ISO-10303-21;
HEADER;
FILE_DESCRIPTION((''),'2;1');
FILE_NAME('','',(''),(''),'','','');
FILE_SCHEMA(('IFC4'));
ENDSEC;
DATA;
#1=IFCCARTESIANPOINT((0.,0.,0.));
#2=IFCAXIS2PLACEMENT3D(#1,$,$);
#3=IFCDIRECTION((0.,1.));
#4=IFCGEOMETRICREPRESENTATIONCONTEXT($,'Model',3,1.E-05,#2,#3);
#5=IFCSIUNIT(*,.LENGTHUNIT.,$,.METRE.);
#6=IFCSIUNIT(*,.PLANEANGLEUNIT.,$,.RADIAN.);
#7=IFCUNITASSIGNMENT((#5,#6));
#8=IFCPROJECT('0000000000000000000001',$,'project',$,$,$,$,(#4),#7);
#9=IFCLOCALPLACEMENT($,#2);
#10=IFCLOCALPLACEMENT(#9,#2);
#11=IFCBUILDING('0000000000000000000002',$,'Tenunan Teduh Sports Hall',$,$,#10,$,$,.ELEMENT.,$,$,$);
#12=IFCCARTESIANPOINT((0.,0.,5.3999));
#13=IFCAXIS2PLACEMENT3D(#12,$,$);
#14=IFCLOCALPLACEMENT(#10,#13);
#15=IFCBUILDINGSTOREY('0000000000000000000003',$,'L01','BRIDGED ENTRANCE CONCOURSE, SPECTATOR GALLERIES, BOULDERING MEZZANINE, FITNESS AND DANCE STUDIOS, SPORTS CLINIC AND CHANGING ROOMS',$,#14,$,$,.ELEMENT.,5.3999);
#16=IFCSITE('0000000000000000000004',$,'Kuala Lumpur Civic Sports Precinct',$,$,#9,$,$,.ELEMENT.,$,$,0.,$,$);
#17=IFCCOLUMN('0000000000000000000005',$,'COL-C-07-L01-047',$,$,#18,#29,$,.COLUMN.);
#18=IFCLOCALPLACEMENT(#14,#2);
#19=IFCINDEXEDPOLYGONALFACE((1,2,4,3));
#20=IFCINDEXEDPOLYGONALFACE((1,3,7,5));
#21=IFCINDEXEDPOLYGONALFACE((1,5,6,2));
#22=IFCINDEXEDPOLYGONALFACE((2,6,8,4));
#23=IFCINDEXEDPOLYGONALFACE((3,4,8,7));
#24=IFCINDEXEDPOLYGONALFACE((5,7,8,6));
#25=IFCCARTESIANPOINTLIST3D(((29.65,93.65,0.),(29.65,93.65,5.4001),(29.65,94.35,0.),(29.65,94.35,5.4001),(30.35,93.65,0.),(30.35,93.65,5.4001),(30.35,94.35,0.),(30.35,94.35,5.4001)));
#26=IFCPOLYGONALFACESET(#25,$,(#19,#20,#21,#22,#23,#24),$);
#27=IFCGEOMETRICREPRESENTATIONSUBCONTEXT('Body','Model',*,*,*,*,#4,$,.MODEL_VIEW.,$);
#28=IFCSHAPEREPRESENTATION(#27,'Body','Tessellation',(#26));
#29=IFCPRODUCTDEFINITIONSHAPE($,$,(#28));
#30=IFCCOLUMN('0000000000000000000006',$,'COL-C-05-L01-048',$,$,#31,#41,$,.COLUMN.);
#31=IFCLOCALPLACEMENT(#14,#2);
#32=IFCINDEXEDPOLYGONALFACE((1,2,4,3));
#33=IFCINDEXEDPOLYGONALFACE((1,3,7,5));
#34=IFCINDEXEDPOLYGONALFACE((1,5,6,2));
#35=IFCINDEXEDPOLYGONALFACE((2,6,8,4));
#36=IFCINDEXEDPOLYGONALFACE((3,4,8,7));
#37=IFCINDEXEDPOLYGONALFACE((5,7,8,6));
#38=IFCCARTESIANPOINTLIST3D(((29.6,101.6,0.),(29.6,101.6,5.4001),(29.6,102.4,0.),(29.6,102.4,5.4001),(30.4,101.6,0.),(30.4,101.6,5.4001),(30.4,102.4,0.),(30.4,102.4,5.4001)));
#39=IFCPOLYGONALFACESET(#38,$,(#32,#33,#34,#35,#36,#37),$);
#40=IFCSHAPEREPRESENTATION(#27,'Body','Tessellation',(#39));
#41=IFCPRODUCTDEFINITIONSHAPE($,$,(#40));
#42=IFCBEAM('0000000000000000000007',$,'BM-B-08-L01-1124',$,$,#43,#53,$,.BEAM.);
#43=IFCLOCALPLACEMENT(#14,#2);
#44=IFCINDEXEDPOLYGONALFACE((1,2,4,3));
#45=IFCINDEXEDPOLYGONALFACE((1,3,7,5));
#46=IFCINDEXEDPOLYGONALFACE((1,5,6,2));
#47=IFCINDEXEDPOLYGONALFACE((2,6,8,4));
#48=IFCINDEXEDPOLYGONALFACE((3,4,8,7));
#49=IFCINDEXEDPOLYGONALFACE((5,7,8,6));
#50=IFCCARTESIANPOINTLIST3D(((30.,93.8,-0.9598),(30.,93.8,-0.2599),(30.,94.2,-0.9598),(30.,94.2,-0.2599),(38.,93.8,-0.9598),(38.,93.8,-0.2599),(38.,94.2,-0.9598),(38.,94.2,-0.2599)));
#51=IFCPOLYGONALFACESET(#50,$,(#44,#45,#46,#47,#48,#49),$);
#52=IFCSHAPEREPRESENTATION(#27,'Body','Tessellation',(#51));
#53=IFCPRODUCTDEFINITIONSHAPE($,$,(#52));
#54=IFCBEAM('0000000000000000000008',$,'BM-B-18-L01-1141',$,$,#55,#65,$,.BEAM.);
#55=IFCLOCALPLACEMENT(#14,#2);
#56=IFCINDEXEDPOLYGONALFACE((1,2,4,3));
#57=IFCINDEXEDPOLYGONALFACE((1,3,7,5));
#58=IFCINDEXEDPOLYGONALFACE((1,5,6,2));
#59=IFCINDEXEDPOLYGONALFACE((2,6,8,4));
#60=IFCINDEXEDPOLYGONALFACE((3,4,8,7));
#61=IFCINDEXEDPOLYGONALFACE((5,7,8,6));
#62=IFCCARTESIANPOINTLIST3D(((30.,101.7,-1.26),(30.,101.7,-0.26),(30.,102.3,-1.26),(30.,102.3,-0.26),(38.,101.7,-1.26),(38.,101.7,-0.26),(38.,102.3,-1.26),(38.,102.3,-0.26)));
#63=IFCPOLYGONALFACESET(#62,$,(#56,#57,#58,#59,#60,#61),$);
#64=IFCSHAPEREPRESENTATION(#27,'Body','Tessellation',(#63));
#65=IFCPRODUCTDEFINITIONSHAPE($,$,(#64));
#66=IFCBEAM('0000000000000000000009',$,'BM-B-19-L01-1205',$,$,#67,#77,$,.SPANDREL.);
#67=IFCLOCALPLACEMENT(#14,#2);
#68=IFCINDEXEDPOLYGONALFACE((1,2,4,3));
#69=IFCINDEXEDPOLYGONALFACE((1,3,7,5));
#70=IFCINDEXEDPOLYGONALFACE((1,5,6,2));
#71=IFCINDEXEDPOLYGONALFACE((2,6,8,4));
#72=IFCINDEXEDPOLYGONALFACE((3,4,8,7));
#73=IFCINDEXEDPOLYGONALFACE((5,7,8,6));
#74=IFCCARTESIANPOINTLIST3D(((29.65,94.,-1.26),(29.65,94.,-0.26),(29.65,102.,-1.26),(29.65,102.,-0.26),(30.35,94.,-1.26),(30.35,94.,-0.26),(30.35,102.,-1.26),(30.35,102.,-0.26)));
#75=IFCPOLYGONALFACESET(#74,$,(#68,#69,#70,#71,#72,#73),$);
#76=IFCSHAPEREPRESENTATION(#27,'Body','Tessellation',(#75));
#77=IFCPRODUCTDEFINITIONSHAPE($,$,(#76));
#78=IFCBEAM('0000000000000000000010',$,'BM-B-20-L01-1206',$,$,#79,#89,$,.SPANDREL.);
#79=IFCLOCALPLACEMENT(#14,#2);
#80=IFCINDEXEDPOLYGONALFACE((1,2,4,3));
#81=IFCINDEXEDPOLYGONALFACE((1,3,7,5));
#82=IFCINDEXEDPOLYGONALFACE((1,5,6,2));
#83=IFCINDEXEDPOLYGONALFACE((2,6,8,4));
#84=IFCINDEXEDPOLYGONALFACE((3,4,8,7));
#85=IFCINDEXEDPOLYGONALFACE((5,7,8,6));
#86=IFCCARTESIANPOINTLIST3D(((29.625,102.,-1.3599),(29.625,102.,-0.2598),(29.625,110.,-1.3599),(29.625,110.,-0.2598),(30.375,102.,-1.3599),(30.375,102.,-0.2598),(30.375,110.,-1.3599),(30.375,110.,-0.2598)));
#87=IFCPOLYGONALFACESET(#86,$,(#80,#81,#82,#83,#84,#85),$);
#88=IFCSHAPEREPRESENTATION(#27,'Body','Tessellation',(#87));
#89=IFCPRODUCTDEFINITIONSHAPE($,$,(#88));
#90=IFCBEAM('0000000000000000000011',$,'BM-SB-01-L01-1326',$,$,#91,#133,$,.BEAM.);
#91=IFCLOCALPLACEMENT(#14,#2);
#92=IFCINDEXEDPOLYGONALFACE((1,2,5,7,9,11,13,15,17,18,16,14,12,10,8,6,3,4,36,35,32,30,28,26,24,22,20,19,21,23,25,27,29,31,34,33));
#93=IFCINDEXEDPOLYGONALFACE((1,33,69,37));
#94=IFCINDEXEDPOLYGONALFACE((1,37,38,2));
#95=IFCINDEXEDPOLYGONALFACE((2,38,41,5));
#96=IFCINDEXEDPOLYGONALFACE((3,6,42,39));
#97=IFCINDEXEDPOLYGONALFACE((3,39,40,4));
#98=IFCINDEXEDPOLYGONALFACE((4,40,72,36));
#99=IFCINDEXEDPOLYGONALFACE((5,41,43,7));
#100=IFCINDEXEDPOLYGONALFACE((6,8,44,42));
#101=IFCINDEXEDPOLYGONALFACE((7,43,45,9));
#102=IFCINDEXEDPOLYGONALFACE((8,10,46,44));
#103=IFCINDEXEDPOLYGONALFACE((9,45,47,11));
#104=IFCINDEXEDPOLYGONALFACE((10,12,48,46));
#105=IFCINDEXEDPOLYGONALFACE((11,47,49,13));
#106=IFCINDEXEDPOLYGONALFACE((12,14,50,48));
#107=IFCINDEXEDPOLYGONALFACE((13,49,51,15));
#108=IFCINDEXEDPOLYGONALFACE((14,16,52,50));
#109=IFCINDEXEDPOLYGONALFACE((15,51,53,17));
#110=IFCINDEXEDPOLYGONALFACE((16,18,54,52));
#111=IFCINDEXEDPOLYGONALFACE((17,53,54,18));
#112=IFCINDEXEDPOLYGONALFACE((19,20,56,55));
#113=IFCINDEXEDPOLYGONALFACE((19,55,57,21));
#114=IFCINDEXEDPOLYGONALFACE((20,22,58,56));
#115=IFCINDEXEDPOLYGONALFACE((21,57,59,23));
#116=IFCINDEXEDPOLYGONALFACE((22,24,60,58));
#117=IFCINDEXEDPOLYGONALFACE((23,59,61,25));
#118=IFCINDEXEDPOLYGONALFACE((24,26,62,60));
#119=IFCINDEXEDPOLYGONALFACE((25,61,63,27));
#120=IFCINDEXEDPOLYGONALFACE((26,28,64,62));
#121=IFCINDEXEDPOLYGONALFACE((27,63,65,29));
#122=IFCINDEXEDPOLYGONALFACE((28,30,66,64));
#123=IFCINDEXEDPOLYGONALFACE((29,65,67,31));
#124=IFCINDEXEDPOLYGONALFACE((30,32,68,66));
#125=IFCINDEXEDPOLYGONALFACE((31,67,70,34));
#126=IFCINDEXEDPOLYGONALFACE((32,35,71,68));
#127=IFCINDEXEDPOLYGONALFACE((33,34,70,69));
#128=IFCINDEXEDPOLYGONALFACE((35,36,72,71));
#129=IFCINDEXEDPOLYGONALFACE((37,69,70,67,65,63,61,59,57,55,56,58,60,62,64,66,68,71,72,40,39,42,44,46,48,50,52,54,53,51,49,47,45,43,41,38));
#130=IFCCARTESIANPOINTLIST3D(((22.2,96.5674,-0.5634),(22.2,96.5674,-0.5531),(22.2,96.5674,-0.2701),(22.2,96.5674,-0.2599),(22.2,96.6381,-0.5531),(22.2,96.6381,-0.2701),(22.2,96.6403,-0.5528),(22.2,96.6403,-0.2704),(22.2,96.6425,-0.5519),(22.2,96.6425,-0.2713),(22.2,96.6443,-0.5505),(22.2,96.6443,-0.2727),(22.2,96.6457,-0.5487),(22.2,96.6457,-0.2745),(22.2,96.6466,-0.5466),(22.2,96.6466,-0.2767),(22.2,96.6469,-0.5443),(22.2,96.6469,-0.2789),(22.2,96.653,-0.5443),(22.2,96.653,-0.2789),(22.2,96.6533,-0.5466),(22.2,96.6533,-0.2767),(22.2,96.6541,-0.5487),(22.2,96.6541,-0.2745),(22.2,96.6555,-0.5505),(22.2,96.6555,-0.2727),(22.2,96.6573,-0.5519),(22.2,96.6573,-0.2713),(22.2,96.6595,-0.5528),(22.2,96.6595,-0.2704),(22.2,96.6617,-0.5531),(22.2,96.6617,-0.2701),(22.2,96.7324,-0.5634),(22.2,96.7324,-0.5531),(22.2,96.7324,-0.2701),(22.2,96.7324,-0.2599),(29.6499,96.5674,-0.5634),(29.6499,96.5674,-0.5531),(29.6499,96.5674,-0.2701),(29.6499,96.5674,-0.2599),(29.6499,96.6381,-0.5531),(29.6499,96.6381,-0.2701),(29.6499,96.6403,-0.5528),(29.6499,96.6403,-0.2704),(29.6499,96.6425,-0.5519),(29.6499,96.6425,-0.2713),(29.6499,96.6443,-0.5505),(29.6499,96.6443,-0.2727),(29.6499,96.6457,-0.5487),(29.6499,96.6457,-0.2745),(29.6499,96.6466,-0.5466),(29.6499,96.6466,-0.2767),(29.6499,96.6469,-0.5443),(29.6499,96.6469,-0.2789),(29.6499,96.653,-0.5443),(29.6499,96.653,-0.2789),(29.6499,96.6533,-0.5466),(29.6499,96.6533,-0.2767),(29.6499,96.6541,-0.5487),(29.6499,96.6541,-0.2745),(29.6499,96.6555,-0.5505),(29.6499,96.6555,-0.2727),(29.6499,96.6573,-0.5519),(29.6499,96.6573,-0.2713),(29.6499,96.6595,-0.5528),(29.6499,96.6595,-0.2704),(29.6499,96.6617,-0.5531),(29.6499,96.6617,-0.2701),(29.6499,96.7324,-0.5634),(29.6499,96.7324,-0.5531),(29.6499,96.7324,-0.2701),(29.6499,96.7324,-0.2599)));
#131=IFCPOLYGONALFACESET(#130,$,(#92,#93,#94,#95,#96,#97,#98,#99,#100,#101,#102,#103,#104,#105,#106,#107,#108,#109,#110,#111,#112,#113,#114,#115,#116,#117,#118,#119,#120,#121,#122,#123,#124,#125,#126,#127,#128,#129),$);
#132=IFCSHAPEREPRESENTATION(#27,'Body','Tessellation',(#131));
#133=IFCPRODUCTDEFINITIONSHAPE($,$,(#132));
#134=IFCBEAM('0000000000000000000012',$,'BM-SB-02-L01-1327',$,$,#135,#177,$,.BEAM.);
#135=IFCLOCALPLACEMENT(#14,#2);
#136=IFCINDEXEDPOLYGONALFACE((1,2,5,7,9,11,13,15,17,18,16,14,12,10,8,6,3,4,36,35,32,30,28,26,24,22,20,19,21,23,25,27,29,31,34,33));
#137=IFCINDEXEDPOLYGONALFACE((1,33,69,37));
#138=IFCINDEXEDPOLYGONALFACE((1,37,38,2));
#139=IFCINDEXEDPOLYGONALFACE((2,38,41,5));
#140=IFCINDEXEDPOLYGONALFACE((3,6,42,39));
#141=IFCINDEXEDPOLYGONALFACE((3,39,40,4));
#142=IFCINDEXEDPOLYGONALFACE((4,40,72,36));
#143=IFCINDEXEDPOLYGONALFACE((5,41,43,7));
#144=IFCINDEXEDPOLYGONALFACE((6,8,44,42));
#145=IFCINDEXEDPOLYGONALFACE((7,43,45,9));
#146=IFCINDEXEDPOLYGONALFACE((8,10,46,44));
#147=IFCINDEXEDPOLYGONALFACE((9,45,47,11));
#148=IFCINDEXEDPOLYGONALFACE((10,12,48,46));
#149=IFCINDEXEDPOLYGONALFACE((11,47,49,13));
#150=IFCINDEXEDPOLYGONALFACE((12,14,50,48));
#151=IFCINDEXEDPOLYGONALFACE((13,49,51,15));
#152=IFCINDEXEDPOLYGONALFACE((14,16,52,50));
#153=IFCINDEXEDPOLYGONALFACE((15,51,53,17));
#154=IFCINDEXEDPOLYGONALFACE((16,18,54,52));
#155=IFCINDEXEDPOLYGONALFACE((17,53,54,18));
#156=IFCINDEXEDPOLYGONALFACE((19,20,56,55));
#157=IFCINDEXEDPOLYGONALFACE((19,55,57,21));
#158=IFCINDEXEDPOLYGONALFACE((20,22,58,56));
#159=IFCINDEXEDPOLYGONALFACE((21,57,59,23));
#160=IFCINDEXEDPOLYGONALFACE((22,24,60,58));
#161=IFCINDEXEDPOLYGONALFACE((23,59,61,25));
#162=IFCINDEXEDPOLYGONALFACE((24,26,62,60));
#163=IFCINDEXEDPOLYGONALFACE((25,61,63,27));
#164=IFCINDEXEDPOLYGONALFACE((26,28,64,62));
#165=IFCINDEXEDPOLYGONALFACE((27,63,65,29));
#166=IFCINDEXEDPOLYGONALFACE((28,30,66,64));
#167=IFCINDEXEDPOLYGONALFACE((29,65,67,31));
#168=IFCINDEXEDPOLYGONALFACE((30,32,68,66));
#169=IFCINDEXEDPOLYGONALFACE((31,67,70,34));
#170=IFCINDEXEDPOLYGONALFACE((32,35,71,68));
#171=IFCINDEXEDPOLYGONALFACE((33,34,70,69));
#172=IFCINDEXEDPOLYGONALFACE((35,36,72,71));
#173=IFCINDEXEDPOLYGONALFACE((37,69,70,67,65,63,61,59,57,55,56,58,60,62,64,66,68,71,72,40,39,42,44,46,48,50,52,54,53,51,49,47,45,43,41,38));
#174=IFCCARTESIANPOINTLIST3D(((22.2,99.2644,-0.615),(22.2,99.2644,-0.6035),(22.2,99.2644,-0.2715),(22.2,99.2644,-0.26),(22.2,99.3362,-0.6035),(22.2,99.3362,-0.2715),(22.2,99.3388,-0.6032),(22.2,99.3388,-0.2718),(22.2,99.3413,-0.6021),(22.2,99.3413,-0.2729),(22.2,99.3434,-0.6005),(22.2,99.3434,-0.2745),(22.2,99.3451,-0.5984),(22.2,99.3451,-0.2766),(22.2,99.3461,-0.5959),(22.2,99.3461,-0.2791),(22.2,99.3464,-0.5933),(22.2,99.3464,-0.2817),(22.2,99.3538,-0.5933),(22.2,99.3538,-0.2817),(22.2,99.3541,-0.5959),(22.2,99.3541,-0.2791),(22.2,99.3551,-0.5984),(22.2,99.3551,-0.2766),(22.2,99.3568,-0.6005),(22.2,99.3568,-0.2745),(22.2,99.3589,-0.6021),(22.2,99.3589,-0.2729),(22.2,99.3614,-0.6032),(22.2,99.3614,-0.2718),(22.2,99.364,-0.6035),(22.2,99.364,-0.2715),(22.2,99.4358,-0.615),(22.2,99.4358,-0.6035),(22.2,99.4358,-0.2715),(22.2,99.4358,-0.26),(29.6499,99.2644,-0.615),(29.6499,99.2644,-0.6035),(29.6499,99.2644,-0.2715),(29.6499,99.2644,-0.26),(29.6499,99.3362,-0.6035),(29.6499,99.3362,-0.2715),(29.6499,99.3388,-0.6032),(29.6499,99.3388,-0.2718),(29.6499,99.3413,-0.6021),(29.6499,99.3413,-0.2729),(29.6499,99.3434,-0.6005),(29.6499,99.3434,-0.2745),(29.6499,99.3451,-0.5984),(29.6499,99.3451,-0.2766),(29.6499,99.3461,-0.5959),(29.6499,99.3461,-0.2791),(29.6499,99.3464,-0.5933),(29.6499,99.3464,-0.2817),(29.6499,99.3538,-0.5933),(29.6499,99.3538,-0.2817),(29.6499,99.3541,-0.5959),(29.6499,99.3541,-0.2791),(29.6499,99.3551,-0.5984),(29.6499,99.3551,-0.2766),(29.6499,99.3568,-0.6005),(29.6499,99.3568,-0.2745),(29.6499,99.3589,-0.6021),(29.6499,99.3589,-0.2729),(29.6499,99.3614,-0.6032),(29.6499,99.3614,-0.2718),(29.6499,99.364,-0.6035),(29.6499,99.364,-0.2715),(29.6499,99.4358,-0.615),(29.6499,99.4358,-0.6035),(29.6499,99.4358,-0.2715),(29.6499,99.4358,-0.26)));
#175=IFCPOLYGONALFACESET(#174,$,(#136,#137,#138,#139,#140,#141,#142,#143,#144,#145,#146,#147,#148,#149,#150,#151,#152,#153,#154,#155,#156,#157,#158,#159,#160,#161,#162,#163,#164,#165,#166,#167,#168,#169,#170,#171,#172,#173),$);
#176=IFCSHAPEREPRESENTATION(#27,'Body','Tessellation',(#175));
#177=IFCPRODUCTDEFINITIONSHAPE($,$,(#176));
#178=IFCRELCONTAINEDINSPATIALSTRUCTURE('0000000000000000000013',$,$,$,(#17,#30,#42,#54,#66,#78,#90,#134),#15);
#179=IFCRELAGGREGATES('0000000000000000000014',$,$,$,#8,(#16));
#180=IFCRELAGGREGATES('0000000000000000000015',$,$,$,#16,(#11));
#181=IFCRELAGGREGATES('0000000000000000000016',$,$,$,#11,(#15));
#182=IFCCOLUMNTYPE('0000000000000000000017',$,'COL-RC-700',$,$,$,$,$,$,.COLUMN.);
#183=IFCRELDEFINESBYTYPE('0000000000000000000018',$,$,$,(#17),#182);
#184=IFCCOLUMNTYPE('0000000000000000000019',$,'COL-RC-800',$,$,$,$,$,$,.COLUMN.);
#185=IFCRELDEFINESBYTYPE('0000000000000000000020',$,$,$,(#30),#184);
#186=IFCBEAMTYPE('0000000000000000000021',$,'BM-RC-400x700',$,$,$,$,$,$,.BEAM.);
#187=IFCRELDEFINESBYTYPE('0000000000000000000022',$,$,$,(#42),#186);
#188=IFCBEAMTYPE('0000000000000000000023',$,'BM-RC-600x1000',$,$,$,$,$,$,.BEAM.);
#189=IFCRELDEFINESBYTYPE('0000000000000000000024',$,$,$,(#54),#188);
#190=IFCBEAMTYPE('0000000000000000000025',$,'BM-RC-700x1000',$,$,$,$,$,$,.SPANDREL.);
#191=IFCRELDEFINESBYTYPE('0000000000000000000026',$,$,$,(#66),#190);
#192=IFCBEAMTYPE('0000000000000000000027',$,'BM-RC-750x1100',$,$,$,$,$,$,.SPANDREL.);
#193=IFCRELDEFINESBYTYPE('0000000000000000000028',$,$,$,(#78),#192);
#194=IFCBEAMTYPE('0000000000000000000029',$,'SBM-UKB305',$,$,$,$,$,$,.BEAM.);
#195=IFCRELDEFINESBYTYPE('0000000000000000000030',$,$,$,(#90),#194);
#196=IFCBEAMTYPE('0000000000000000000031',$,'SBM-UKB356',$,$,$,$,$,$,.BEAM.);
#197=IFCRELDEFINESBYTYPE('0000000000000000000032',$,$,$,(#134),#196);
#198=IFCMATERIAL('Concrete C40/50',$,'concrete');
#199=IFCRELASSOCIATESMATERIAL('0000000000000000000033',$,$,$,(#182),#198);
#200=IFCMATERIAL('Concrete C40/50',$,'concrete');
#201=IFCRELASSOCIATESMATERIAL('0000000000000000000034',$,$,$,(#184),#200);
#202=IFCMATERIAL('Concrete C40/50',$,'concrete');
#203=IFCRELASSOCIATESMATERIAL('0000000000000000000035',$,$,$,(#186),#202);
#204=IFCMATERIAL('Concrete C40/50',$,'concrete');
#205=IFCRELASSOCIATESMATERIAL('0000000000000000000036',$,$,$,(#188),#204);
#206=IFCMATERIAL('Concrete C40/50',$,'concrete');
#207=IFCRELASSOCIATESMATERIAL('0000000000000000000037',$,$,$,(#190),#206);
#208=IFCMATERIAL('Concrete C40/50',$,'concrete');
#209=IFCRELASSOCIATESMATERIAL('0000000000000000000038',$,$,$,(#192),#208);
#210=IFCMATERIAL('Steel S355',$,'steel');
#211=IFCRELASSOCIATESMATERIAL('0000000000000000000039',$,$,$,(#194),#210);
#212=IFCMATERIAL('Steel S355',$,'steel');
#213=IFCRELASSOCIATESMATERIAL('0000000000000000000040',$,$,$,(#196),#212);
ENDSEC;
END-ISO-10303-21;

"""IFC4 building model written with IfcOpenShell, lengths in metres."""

from ifc_helpers import new_model, si_unit, direction, frame, origin, origin_2d, place, context, subcontext, project, spatial, rectangle, i_section, extrude, material, material_profile, profile_set, type_object, element, save


model = new_model("IFC4")

# Units and contexts
model_context = context("Model", 3, precision=1e-05, world=origin(), true_north=direction((0.0, 1.0)))
body_context = subcontext(model_context, "Body", "Model", "MODEL_VIEW")
ifc_project = project(units=[si_unit("LENGTHUNIT", "METRE"), si_unit("PLANEANGLEUNIT", "RADIAN")], contexts=[model_context])

# Site, building, storey
site_placement = place(None, origin())
site = spatial("IfcSite", under=ifc_project, at=site_placement, Name="Kuala Lumpur Civic Sports Precinct", CompositionType="ELEMENT", RefElevation=0.0)
building_placement = place(site_placement, origin())
building = spatial("IfcBuilding", under=site, at=building_placement, Name="Tenunan Teduh Sports Hall", CompositionType="ELEMENT")
storey_placement = place(building_placement, frame((0.0, 0.0, 5.3999)))
storey = spatial("IfcBuildingStorey", under=building, at=storey_placement, Name="L01", Description="BRIDGED ENTRANCE CONCOURSE, SPECTATOR GALLERIES, BOULDERING MEZZANINE, FITNESS AND DANCE STUDIOS, SPORTS CLINIC AND CHANGING ROOMS", CompositionType="ELEMENT", Elevation=5.3999)

# Columns
ifc_material_1 = material(Name="Concrete C40/50", Category="concrete")
ifc_material_profile_1 = material_profile(ifc_material_1, rectangle(XDim=0.7, YDim=0.7, at=origin_2d()), Name="RC 700x700")
ifc_profile_set_1 = profile_set([ifc_material_profile_1], Name="Concrete C40/50")
column_type_1 = type_object("IfcColumnType", Name="COL-RC-700", PredefinedType="COLUMN", material=ifc_profile_set_1)
column_1_placement = place(storey_placement, frame((30.0, 94.0, 0.0), z_axis=(0.0, 0.0, 1.0), x_axis=(1.0, 0.0, 0.0)))
element("IfcColumn", 1, at=column_1_placement, inside=storey, type_object=column_type_1, Name="COL-C-07-L01-047", PredefinedType="COLUMN", context=body_context, shape_type="SweptSolid", body=[
    extrude(rectangle(XDim=0.7, YDim=0.7, at=origin_2d()), origin(), (0.0, 0.0, 1.0), 5.4001),
])
ifc_material_2 = material(Name="Concrete C40/50", Category="concrete")
ifc_material_profile_2 = material_profile(ifc_material_2, rectangle(XDim=0.8, YDim=0.8, at=origin_2d()), Name="RC 800x800")
ifc_profile_set_2 = profile_set([ifc_material_profile_2], Name="Concrete C40/50")
column_type_2 = type_object("IfcColumnType", Name="COL-RC-800", PredefinedType="COLUMN", material=ifc_profile_set_2)
column_2_placement = place(storey_placement, frame((30.0, 102.0, 0.0), z_axis=(0.0, 0.0, 1.0), x_axis=(1.0, 0.0, 0.0)))
element("IfcColumn", 2, at=column_2_placement, inside=storey, type_object=column_type_2, Name="COL-C-05-L01-048", PredefinedType="COLUMN", context=body_context, shape_type="SweptSolid", body=[
    extrude(rectangle(XDim=0.8, YDim=0.8, at=origin_2d()), origin(), (0.0, 0.0, 1.0), 5.4001),
])

# Beams
ifc_material_3 = material(Name="Concrete C40/50", Category="concrete")
ifc_material_profile_3 = material_profile(ifc_material_3, rectangle(XDim=0.3999, YDim=0.7, at=origin_2d()), Name="RCB 400x700")
ifc_profile_set_3 = profile_set([ifc_material_profile_3], Name="Concrete C40/50")
beam_type_1 = type_object("IfcBeamType", Name="BM-RC-400x700", PredefinedType="BEAM", material=ifc_profile_set_3)
beam_1_placement = place(storey_placement, frame((30.0, 94.0, -0.6099), z_axis=(1.0, 0.0, 0.0), x_axis=(0.0, 1.0, 0.0)))
element("IfcBeam", 3, at=beam_1_placement, inside=storey, type_object=beam_type_1, Name="BM-B-08-L01-1124", PredefinedType="BEAM", context=body_context, shape_type="SweptSolid", body=[
    extrude(rectangle(XDim=0.3999, YDim=0.7, at=origin_2d()), origin(), (0.0, 0.0, 1.0), 8.0),
])
ifc_material_4 = material(Name="Concrete C40/50", Category="concrete")
ifc_material_profile_4 = material_profile(ifc_material_4, rectangle(XDim=0.6001, YDim=1.0, at=origin_2d()), Name="RCB 600x1000")
ifc_profile_set_4 = profile_set([ifc_material_profile_4], Name="Concrete C40/50")
beam_type_2 = type_object("IfcBeamType", Name="BM-RC-600x1000", PredefinedType="BEAM", material=ifc_profile_set_4)
beam_2_placement = place(storey_placement, frame((30.0, 102.0, -0.76), z_axis=(1.0, 0.0, 0.0), x_axis=(0.0, 1.0, 0.0)))
element("IfcBeam", 4, at=beam_2_placement, inside=storey, type_object=beam_type_2, Name="BM-B-18-L01-1141", PredefinedType="BEAM", context=body_context, shape_type="SweptSolid", body=[
    extrude(rectangle(XDim=0.6001, YDim=1.0, at=origin_2d()), origin(), (0.0, 0.0, 1.0), 8.0),
])
ifc_material_5 = material(Name="Concrete C40/50", Category="concrete")
ifc_material_profile_5 = material_profile(ifc_material_5, rectangle(XDim=0.7, YDim=1.0, at=origin_2d()), Name="RCB 700x1000")
ifc_profile_set_5 = profile_set([ifc_material_profile_5], Name="Concrete C40/50")
beam_type_3 = type_object("IfcBeamType", Name="BM-RC-700x1000", PredefinedType="SPANDREL", material=ifc_profile_set_5)
beam_3_placement = place(storey_placement, frame((30.0, 94.0, -0.76), z_axis=(0.0, 1.0, 0.0), x_axis=(-1.0, 0.0, 0.0)))
element("IfcBeam", 5, at=beam_3_placement, inside=storey, type_object=beam_type_3, Name="BM-B-19-L01-1205", PredefinedType="SPANDREL", context=body_context, shape_type="SweptSolid", body=[
    extrude(rectangle(XDim=0.7, YDim=1.0, at=origin_2d()), origin(), (0.0, 0.0, 1.0), 8.0),
])
ifc_material_6 = material(Name="Concrete C40/50", Category="concrete")
ifc_material_profile_6 = material_profile(ifc_material_6, rectangle(XDim=0.75, YDim=1.1001, at=origin_2d()), Name="RCB 750x1100")
ifc_profile_set_6 = profile_set([ifc_material_profile_6], Name="Concrete C40/50")
beam_type_4 = type_object("IfcBeamType", Name="BM-RC-750x1100", PredefinedType="SPANDREL", material=ifc_profile_set_6)
beam_4_placement = place(storey_placement, frame((30.0, 102.0, -0.8098), z_axis=(0.0, 1.0, 0.0), x_axis=(-1.0, 0.0, 0.0)))
element("IfcBeam", 6, at=beam_4_placement, inside=storey, type_object=beam_type_4, Name="BM-B-20-L01-1206", PredefinedType="SPANDREL", context=body_context, shape_type="SweptSolid", body=[
    extrude(rectangle(XDim=0.75, YDim=1.1001, at=origin_2d()), origin(), (0.0, 0.0, 1.0), 8.0),
])
ifc_material_7 = material(Name="Steel S355", Category="steel")
ifc_material_profile_7 = material_profile(ifc_material_7, i_section(OverallWidth=0.165, OverallDepth=0.3035, WebThickness=0.0061, FlangeThickness=0.0103, FilletRadius=0.0088, at=origin_2d()), Name="UKB 305x165x40")
ifc_profile_set_7 = profile_set([ifc_material_profile_7], Name="Steel S355")
beam_type_5 = type_object("IfcBeamType", Name="SBM-UKB305", PredefinedType="BEAM", material=ifc_profile_set_7)
beam_5_placement = place(storey_placement, frame((22.2, 96.6499, -0.4116), z_axis=(1.0, 0.0, 0.0), x_axis=(0.0, 1.0, 0.0)))
element("IfcBeam", 7, at=beam_5_placement, inside=storey, type_object=beam_type_5, Name="BM-SB-01-L01-1326", PredefinedType="BEAM", context=body_context, shape_type="SweptSolid", body=[
    extrude(i_section(OverallWidth=0.165, OverallDepth=0.3035, WebThickness=0.0061, FlangeThickness=0.0103, FilletRadius=0.0088, at=origin_2d()), origin(), (0.0, 0.0, 1.0), 7.45),
])
ifc_material_8 = material(Name="Steel S355", Category="steel")
ifc_material_profile_8 = material_profile(ifc_material_8, i_section(OverallWidth=0.1714, OverallDepth=0.355, WebThickness=0.0073, FlangeThickness=0.0115, FilletRadius=0.0103, at=origin_2d()), Name="UKB 356x171x51")
ifc_profile_set_8 = profile_set([ifc_material_profile_8], Name="Steel S355")
beam_type_6 = type_object("IfcBeamType", Name="SBM-UKB356", PredefinedType="BEAM", material=ifc_profile_set_8)
beam_6_placement = place(storey_placement, frame((22.2, 99.3501, -0.4375), z_axis=(1.0, 0.0, 0.0), x_axis=(0.0, 1.0, 0.0)))
element("IfcBeam", 8, at=beam_6_placement, inside=storey, type_object=beam_type_6, Name="BM-SB-02-L01-1327", PredefinedType="BEAM", context=body_context, shape_type="SweptSolid", body=[
    extrude(i_section(OverallWidth=0.1714, OverallDepth=0.355, WebThickness=0.0073, FlangeThickness=0.0115, FilletRadius=0.0103, at=origin_2d()), origin(), (0.0, 0.0, 1.0), 7.45),
])

save(model, "model.ifc")
